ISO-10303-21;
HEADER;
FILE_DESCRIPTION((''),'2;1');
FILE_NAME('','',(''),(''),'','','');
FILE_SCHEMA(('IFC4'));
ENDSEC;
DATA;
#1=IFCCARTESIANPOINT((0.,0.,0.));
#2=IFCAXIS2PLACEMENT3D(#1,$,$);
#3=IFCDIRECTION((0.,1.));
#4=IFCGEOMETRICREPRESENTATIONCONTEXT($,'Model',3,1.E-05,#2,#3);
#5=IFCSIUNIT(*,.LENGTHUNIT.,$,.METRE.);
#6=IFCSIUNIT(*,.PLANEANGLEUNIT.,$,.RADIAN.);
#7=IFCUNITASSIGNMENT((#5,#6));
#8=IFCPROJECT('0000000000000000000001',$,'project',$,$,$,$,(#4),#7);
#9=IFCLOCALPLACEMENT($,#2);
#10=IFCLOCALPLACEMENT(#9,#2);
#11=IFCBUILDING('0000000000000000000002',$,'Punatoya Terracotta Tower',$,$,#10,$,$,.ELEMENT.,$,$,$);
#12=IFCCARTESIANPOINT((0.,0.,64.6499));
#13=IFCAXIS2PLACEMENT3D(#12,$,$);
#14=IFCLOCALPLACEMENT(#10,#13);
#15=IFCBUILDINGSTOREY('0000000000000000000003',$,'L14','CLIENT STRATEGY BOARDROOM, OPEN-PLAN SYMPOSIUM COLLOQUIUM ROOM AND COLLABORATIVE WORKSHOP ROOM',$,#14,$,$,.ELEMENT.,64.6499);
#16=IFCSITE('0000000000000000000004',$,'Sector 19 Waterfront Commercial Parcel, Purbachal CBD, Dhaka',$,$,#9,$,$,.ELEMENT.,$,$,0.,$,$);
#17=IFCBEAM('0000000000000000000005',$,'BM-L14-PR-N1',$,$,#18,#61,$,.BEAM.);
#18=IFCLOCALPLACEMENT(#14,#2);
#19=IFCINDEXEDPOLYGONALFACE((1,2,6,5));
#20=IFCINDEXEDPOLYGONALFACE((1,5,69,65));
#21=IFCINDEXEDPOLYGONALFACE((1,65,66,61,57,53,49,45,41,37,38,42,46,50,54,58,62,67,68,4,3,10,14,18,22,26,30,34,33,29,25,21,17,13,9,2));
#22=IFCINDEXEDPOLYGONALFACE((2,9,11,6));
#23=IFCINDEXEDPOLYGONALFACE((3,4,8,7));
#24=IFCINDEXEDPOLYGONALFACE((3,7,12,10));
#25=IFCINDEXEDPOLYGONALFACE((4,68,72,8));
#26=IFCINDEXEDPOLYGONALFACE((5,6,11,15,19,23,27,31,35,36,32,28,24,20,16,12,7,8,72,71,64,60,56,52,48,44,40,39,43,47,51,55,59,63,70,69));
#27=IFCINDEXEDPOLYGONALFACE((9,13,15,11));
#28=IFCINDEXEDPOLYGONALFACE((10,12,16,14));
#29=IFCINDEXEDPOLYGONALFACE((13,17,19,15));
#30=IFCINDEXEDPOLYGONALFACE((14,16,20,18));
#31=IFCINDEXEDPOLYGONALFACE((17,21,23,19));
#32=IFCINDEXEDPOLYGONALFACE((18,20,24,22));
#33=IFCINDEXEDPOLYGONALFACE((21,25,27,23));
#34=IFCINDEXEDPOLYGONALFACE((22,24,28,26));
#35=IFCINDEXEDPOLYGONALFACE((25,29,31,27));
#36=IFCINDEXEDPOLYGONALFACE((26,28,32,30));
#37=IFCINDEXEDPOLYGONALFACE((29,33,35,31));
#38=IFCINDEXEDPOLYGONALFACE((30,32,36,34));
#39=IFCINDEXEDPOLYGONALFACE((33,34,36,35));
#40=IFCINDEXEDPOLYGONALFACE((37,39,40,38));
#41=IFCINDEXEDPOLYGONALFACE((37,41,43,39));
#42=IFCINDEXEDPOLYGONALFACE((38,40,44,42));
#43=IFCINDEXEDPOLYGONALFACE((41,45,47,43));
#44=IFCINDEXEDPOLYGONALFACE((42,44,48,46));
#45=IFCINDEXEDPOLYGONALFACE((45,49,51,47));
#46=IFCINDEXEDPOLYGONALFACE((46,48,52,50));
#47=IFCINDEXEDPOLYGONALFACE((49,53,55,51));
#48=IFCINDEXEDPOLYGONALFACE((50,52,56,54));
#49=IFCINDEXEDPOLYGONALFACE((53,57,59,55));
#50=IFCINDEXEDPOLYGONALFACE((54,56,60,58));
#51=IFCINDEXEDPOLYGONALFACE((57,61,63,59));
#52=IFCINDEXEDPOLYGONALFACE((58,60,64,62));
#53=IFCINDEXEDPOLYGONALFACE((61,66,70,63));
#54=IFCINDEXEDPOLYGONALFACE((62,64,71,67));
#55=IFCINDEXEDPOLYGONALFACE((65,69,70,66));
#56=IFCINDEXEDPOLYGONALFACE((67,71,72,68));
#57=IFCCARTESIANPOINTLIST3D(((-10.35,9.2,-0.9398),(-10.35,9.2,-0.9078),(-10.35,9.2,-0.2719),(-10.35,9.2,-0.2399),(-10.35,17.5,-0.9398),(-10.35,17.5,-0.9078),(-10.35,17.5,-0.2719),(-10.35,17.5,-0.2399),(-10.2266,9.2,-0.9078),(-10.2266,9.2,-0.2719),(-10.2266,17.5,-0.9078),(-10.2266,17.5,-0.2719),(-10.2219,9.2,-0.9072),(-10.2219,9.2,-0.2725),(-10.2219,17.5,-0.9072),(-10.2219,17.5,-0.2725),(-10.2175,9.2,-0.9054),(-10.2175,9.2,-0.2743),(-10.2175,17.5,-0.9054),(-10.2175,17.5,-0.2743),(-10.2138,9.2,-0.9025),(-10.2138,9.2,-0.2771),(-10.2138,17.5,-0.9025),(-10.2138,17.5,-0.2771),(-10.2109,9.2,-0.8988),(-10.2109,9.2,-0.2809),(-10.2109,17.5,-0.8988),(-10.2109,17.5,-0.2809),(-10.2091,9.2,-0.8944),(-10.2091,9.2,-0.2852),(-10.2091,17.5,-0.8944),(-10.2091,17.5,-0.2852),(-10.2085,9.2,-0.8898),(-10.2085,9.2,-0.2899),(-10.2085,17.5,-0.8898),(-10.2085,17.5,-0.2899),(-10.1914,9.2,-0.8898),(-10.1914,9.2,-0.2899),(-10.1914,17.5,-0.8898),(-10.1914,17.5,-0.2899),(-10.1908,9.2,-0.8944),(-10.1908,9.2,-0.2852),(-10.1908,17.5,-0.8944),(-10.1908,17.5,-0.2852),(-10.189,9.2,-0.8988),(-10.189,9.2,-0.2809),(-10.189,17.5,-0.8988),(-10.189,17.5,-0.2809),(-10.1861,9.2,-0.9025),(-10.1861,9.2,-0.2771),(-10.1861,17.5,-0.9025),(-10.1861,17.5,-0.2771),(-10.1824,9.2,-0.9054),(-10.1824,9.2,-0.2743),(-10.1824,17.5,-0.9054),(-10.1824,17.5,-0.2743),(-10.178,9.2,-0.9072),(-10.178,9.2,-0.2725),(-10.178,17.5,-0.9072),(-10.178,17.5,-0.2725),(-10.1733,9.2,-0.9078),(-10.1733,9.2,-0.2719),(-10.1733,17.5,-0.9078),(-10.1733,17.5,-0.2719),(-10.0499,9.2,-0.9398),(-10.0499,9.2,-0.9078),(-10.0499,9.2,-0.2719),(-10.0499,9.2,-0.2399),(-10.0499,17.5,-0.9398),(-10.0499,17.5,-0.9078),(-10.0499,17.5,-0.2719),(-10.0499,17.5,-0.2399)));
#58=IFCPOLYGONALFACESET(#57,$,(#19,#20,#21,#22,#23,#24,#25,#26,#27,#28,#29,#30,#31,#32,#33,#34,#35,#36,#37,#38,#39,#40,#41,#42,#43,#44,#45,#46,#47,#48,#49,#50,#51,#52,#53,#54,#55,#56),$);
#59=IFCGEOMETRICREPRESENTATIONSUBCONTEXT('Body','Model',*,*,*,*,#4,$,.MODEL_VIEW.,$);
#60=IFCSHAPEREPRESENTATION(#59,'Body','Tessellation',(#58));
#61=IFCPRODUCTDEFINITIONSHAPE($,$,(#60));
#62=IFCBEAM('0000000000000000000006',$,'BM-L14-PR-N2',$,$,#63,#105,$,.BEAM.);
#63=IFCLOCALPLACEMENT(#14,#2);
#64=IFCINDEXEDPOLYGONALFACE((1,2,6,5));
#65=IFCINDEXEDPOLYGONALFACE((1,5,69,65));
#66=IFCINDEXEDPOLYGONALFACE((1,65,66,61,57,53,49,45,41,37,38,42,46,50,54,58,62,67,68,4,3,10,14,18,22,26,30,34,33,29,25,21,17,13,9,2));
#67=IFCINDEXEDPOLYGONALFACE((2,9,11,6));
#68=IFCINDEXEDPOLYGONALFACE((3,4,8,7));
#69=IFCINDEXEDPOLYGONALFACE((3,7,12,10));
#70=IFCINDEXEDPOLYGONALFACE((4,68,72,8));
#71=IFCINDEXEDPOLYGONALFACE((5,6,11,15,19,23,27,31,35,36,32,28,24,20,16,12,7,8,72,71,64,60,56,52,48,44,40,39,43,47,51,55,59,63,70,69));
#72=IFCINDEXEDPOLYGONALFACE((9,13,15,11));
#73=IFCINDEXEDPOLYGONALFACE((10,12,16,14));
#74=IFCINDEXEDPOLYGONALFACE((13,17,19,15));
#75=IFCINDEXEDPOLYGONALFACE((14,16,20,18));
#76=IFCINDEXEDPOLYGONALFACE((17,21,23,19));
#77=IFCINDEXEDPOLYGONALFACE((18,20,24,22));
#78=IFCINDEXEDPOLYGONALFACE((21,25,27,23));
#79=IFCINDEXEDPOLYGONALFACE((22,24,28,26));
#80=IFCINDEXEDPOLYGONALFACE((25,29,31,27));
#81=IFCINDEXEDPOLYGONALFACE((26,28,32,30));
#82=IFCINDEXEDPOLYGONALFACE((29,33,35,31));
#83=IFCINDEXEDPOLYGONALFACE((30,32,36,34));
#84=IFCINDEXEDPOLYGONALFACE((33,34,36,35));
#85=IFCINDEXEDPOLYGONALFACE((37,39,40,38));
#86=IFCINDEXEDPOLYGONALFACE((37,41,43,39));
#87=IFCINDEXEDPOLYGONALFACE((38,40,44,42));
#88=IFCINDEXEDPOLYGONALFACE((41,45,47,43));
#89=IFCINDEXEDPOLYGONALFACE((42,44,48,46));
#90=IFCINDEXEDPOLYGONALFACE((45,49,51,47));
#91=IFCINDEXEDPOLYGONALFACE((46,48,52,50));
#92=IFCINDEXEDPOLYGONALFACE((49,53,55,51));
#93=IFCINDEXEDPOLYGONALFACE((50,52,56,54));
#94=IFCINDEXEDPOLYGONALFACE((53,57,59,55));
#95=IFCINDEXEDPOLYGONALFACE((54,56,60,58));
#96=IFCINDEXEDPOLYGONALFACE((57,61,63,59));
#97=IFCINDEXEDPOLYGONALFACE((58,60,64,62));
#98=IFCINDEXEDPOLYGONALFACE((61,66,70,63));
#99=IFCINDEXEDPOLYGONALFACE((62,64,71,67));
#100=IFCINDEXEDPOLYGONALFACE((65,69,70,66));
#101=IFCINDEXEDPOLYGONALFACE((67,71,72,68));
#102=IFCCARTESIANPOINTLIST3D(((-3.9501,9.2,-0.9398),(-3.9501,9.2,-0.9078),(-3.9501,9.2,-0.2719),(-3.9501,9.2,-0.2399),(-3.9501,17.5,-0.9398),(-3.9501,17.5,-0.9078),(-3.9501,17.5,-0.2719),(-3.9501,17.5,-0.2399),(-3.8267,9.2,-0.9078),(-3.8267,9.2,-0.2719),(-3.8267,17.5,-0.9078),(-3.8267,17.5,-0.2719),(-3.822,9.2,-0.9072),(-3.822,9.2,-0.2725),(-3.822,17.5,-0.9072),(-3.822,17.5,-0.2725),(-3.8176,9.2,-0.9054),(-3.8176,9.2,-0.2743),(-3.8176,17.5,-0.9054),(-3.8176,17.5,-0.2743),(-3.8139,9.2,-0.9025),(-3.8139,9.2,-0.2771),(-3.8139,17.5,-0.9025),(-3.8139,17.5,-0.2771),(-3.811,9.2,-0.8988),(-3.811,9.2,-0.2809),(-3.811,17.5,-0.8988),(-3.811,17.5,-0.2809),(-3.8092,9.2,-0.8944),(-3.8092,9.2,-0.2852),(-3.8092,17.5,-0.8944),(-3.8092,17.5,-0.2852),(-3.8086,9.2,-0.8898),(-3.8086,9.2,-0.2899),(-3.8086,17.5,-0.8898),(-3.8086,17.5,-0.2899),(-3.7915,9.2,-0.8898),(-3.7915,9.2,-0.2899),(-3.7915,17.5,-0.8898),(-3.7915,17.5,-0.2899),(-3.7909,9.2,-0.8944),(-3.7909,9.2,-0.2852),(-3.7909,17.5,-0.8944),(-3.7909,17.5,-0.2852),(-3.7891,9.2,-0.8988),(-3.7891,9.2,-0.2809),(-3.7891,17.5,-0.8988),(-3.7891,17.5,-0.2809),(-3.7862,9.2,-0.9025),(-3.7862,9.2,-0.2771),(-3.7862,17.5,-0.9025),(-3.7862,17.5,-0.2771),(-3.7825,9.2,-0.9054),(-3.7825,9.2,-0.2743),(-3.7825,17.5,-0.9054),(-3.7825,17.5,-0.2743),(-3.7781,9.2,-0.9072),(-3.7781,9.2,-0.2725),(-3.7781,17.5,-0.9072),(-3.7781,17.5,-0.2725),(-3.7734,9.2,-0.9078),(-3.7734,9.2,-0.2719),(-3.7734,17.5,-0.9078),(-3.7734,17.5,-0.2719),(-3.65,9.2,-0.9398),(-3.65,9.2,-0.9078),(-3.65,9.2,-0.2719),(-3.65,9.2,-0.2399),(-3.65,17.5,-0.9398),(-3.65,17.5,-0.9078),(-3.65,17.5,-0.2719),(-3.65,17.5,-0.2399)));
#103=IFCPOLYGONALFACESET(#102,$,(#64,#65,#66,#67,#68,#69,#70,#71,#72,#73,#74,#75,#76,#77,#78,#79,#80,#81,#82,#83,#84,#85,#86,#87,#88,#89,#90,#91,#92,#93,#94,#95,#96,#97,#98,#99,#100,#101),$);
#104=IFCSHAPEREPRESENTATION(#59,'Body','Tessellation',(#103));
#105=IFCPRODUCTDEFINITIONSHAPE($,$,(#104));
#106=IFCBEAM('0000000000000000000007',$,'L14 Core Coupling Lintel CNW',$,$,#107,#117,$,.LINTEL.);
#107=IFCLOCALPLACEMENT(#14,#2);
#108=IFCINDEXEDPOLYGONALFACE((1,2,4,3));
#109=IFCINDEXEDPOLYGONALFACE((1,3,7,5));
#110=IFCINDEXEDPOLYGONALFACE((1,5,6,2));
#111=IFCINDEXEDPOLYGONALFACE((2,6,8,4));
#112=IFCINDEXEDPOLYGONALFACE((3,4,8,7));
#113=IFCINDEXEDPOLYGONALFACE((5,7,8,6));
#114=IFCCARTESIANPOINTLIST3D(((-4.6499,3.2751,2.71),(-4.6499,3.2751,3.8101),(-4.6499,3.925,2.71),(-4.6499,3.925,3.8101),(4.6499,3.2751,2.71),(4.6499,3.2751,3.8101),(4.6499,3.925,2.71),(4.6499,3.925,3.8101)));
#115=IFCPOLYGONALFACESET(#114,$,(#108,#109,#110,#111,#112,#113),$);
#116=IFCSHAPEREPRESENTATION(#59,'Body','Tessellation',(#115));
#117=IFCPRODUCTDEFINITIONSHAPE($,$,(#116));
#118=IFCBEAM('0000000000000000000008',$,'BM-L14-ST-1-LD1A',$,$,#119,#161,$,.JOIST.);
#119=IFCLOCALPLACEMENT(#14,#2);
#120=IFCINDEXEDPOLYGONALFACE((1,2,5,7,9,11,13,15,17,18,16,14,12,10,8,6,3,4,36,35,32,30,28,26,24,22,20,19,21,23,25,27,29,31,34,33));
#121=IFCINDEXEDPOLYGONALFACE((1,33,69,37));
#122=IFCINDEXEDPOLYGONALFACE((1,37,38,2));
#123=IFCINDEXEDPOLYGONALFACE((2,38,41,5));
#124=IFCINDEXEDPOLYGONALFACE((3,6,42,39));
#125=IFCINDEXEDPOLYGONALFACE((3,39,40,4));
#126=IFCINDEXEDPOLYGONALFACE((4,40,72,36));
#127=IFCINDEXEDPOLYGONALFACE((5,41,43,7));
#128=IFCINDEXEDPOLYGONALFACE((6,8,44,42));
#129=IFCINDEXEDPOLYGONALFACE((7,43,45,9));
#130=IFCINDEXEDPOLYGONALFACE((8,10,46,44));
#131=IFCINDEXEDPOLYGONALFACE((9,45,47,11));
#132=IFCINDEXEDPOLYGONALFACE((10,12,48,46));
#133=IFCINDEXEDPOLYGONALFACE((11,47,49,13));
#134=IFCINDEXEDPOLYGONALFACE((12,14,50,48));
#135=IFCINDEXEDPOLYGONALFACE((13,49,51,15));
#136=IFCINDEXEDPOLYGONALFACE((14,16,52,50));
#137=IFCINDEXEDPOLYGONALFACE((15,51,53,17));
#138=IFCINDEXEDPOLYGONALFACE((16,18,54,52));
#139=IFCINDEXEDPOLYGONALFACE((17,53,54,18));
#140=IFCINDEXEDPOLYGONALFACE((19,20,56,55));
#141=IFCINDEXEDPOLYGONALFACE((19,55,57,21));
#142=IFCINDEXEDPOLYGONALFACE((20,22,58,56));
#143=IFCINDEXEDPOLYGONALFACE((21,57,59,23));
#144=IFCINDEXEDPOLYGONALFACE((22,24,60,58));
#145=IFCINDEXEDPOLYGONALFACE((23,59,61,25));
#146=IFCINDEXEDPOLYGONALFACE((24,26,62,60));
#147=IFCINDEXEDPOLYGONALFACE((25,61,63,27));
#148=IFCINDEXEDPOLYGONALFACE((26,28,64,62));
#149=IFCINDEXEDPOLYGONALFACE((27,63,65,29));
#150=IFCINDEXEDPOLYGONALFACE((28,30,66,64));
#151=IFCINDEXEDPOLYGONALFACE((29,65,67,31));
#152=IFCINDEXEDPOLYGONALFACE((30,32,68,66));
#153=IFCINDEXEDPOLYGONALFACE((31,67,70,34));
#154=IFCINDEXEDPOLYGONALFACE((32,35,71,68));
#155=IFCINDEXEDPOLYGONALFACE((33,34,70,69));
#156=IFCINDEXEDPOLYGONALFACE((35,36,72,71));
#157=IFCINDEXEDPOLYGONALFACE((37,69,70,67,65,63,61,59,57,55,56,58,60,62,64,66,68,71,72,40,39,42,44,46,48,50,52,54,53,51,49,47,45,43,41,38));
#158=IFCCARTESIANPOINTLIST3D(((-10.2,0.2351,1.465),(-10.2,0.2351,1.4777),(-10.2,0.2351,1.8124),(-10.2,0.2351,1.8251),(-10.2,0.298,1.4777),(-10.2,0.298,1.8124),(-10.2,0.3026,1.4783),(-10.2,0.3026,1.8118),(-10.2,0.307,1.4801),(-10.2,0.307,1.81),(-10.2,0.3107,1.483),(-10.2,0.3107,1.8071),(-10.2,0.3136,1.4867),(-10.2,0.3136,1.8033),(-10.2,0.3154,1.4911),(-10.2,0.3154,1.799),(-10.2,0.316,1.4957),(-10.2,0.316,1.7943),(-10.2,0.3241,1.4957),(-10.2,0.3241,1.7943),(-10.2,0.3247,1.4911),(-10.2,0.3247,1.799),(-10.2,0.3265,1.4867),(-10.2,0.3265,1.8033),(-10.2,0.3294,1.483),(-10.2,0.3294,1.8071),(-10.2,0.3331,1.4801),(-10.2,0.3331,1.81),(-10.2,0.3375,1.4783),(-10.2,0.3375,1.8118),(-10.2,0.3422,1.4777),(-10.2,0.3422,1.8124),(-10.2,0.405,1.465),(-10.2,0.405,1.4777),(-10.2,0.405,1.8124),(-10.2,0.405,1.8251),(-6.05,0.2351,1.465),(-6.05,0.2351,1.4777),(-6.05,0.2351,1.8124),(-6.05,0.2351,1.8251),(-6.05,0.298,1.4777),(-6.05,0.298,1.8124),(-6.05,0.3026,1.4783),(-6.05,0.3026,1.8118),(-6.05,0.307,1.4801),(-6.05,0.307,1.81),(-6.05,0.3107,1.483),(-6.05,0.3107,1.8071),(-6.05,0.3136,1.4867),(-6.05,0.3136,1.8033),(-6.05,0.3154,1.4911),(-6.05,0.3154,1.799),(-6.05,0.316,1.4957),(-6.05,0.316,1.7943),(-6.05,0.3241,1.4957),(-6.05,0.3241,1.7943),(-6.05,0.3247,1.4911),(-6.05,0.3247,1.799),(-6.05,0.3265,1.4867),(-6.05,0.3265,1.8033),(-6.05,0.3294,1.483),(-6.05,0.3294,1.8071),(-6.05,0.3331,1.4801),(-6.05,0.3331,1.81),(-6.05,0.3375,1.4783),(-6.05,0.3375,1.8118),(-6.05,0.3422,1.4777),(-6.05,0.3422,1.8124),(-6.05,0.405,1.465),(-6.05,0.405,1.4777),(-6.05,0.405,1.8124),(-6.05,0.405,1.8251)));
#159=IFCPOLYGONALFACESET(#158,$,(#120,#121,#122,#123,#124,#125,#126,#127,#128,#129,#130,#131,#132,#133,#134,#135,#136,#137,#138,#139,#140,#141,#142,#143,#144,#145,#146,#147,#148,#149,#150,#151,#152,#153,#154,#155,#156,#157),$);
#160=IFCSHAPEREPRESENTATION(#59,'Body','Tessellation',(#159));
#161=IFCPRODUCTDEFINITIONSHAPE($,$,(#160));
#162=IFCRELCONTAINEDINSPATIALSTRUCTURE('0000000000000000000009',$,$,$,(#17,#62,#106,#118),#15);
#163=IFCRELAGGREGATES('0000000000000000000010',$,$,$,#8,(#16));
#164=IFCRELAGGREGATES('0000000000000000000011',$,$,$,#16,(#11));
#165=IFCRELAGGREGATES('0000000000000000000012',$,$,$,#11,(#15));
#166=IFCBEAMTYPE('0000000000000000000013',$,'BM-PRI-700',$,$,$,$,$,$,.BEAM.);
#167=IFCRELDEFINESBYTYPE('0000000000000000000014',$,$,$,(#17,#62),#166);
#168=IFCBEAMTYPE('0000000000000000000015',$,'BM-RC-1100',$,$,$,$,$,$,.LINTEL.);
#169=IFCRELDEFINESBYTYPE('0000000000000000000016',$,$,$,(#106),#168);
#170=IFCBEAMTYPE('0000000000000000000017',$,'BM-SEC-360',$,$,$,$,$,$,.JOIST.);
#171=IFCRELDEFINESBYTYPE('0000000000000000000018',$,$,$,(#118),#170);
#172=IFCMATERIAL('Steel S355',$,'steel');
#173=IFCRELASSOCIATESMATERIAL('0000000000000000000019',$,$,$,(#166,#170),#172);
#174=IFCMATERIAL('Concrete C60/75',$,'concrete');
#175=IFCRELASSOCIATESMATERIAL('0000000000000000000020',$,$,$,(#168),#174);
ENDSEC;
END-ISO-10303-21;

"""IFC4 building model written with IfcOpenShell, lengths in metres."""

from ifc_helpers import new_model, si_unit, direction, frame, origin, origin_2d, place, context, subcontext, project, spatial, rectangle, i_section, extrude, material, material_profile, profile_set, type_object, element, save


model = new_model("IFC4")

# Units and contexts
model_context = context("Model", 3, precision=1e-05, world=origin(), true_north=direction((0.0, 1.0)))
body_context = subcontext(model_context, "Body", "Model", "MODEL_VIEW")
ifc_project = project(units=[si_unit("LENGTHUNIT", "METRE"), si_unit("PLANEANGLEUNIT", "RADIAN")], contexts=[model_context])

# Site, building, storey
site_placement = place(None, origin())
site = spatial("IfcSite", under=ifc_project, at=site_placement, Name="Sector 19 Waterfront Commercial Parcel, Purbachal CBD, Dhaka", CompositionType="ELEMENT", RefElevation=0.0)
building_placement = place(site_placement, origin())
building = spatial("IfcBuilding", under=site, at=building_placement, Name="Punatoya Terracotta Tower", CompositionType="ELEMENT")
storey_placement = place(building_placement, frame((0.0, 0.0, 64.6499)))
storey = spatial("IfcBuildingStorey", under=building, at=storey_placement, Name="L14", Description="CLIENT STRATEGY BOARDROOM, OPEN-PLAN SYMPOSIUM COLLOQUIUM ROOM AND COLLABORATIVE WORKSHOP ROOM", CompositionType="ELEMENT", Elevation=64.6499)

# Beams
ifc_material_1 = material(Name="Steel S355", Category="steel")
ifc_material_profile_1 = material_profile(ifc_material_1, i_section(OverallWidth=0.3, OverallDepth=0.7, WebThickness=0.0171, FlangeThickness=0.032, FilletRadius=0.0181, at=origin_2d()))
ifc_profile_set_1 = profile_set([ifc_material_profile_1], Name="Steel S355")
beam_type_1 = type_object("IfcBeamType", Name="BM-PRI-700", PredefinedType="BEAM", material=ifc_profile_set_1)
for number, where, z_axis, x_axis, name in (
    (1, (-10.2, 9.2, -0.5898), (0.0, 1.0, 0.0), (-1.0, 0.0, 0.0), "BM-L14-PR-N1"),
    (2, (-3.8, 9.2, -0.5898), (0.0, 1.0, 0.0), (-1.0, 0.0, 0.0), "BM-L14-PR-N2"),
):
    element("IfcBeam", number, at=place(storey_placement, frame(where, z_axis=z_axis, x_axis=x_axis)), inside=storey, type_object=beam_type_1, Name=name, PredefinedType="BEAM", context=body_context, shape_type="SweptSolid", body=[
        extrude(i_section(OverallWidth=0.3, OverallDepth=0.7, WebThickness=0.0171, FlangeThickness=0.032, FilletRadius=0.0181, at=origin_2d()), origin(), (0.0, 0.0, 1.0), 8.3),
    ])
ifc_material_2 = material(Name="Concrete C60/75", Category="concrete")
ifc_material_profile_2 = material_profile(ifc_material_2, rectangle(XDim=0.6499, YDim=1.1001, at=origin_2d()))
ifc_profile_set_2 = profile_set([ifc_material_profile_2], Name="Concrete C60/75")
beam_type_2 = type_object("IfcBeamType", Name="BM-RC-1100", PredefinedType="LINTEL", material=ifc_profile_set_2)
beam_1_placement = place(storey_placement, frame((-4.6499, 3.6001, 3.26), z_axis=(1.0, 0.0, 0.0), x_axis=(0.0, 1.0, 0.0)))
element("IfcBeam", 3, at=beam_1_placement, inside=storey, type_object=beam_type_2, Name="L14 Core Coupling Lintel CNW", PredefinedType="LINTEL", context=body_context, shape_type="SweptSolid", body=[
    extrude(rectangle(XDim=0.6499, YDim=1.1001, at=origin_2d()), origin(), (0.0, 0.0, 1.0), 9.2998),
])
ifc_material_profile_3 = material_profile(ifc_material_1, i_section(OverallWidth=0.1699, OverallDepth=0.3601, WebThickness=0.0081, FlangeThickness=0.0127, FilletRadius=0.0181, at=origin_2d()))
ifc_profile_set_3 = profile_set([ifc_material_profile_3], Name="Steel S355")
beam_type_3 = type_object("IfcBeamType", Name="BM-SEC-360", PredefinedType="JOIST", material=ifc_profile_set_3)
for number, where, z_axis, x_axis, name in (
    (4, (-10.2, 0.3201, 1.645), (1.0, 0.0, 0.0), (0.0, 1.0, 0.0), "BM-L14-ST-1-LD1A"),
):
    element("IfcBeam", number, at=place(storey_placement, frame(where, z_axis=z_axis, x_axis=x_axis)), inside=storey, type_object=beam_type_3, Name=name, PredefinedType="JOIST", context=body_context, shape_type="SweptSolid", body=[
        extrude(i_section(OverallWidth=0.1699, OverallDepth=0.3601, WebThickness=0.0081, FlangeThickness=0.0127, FilletRadius=0.0181, at=origin_2d()), origin(), (0.0, 0.0, 1.0), 4.1499),
    ])

save(model, "model.ifc")
